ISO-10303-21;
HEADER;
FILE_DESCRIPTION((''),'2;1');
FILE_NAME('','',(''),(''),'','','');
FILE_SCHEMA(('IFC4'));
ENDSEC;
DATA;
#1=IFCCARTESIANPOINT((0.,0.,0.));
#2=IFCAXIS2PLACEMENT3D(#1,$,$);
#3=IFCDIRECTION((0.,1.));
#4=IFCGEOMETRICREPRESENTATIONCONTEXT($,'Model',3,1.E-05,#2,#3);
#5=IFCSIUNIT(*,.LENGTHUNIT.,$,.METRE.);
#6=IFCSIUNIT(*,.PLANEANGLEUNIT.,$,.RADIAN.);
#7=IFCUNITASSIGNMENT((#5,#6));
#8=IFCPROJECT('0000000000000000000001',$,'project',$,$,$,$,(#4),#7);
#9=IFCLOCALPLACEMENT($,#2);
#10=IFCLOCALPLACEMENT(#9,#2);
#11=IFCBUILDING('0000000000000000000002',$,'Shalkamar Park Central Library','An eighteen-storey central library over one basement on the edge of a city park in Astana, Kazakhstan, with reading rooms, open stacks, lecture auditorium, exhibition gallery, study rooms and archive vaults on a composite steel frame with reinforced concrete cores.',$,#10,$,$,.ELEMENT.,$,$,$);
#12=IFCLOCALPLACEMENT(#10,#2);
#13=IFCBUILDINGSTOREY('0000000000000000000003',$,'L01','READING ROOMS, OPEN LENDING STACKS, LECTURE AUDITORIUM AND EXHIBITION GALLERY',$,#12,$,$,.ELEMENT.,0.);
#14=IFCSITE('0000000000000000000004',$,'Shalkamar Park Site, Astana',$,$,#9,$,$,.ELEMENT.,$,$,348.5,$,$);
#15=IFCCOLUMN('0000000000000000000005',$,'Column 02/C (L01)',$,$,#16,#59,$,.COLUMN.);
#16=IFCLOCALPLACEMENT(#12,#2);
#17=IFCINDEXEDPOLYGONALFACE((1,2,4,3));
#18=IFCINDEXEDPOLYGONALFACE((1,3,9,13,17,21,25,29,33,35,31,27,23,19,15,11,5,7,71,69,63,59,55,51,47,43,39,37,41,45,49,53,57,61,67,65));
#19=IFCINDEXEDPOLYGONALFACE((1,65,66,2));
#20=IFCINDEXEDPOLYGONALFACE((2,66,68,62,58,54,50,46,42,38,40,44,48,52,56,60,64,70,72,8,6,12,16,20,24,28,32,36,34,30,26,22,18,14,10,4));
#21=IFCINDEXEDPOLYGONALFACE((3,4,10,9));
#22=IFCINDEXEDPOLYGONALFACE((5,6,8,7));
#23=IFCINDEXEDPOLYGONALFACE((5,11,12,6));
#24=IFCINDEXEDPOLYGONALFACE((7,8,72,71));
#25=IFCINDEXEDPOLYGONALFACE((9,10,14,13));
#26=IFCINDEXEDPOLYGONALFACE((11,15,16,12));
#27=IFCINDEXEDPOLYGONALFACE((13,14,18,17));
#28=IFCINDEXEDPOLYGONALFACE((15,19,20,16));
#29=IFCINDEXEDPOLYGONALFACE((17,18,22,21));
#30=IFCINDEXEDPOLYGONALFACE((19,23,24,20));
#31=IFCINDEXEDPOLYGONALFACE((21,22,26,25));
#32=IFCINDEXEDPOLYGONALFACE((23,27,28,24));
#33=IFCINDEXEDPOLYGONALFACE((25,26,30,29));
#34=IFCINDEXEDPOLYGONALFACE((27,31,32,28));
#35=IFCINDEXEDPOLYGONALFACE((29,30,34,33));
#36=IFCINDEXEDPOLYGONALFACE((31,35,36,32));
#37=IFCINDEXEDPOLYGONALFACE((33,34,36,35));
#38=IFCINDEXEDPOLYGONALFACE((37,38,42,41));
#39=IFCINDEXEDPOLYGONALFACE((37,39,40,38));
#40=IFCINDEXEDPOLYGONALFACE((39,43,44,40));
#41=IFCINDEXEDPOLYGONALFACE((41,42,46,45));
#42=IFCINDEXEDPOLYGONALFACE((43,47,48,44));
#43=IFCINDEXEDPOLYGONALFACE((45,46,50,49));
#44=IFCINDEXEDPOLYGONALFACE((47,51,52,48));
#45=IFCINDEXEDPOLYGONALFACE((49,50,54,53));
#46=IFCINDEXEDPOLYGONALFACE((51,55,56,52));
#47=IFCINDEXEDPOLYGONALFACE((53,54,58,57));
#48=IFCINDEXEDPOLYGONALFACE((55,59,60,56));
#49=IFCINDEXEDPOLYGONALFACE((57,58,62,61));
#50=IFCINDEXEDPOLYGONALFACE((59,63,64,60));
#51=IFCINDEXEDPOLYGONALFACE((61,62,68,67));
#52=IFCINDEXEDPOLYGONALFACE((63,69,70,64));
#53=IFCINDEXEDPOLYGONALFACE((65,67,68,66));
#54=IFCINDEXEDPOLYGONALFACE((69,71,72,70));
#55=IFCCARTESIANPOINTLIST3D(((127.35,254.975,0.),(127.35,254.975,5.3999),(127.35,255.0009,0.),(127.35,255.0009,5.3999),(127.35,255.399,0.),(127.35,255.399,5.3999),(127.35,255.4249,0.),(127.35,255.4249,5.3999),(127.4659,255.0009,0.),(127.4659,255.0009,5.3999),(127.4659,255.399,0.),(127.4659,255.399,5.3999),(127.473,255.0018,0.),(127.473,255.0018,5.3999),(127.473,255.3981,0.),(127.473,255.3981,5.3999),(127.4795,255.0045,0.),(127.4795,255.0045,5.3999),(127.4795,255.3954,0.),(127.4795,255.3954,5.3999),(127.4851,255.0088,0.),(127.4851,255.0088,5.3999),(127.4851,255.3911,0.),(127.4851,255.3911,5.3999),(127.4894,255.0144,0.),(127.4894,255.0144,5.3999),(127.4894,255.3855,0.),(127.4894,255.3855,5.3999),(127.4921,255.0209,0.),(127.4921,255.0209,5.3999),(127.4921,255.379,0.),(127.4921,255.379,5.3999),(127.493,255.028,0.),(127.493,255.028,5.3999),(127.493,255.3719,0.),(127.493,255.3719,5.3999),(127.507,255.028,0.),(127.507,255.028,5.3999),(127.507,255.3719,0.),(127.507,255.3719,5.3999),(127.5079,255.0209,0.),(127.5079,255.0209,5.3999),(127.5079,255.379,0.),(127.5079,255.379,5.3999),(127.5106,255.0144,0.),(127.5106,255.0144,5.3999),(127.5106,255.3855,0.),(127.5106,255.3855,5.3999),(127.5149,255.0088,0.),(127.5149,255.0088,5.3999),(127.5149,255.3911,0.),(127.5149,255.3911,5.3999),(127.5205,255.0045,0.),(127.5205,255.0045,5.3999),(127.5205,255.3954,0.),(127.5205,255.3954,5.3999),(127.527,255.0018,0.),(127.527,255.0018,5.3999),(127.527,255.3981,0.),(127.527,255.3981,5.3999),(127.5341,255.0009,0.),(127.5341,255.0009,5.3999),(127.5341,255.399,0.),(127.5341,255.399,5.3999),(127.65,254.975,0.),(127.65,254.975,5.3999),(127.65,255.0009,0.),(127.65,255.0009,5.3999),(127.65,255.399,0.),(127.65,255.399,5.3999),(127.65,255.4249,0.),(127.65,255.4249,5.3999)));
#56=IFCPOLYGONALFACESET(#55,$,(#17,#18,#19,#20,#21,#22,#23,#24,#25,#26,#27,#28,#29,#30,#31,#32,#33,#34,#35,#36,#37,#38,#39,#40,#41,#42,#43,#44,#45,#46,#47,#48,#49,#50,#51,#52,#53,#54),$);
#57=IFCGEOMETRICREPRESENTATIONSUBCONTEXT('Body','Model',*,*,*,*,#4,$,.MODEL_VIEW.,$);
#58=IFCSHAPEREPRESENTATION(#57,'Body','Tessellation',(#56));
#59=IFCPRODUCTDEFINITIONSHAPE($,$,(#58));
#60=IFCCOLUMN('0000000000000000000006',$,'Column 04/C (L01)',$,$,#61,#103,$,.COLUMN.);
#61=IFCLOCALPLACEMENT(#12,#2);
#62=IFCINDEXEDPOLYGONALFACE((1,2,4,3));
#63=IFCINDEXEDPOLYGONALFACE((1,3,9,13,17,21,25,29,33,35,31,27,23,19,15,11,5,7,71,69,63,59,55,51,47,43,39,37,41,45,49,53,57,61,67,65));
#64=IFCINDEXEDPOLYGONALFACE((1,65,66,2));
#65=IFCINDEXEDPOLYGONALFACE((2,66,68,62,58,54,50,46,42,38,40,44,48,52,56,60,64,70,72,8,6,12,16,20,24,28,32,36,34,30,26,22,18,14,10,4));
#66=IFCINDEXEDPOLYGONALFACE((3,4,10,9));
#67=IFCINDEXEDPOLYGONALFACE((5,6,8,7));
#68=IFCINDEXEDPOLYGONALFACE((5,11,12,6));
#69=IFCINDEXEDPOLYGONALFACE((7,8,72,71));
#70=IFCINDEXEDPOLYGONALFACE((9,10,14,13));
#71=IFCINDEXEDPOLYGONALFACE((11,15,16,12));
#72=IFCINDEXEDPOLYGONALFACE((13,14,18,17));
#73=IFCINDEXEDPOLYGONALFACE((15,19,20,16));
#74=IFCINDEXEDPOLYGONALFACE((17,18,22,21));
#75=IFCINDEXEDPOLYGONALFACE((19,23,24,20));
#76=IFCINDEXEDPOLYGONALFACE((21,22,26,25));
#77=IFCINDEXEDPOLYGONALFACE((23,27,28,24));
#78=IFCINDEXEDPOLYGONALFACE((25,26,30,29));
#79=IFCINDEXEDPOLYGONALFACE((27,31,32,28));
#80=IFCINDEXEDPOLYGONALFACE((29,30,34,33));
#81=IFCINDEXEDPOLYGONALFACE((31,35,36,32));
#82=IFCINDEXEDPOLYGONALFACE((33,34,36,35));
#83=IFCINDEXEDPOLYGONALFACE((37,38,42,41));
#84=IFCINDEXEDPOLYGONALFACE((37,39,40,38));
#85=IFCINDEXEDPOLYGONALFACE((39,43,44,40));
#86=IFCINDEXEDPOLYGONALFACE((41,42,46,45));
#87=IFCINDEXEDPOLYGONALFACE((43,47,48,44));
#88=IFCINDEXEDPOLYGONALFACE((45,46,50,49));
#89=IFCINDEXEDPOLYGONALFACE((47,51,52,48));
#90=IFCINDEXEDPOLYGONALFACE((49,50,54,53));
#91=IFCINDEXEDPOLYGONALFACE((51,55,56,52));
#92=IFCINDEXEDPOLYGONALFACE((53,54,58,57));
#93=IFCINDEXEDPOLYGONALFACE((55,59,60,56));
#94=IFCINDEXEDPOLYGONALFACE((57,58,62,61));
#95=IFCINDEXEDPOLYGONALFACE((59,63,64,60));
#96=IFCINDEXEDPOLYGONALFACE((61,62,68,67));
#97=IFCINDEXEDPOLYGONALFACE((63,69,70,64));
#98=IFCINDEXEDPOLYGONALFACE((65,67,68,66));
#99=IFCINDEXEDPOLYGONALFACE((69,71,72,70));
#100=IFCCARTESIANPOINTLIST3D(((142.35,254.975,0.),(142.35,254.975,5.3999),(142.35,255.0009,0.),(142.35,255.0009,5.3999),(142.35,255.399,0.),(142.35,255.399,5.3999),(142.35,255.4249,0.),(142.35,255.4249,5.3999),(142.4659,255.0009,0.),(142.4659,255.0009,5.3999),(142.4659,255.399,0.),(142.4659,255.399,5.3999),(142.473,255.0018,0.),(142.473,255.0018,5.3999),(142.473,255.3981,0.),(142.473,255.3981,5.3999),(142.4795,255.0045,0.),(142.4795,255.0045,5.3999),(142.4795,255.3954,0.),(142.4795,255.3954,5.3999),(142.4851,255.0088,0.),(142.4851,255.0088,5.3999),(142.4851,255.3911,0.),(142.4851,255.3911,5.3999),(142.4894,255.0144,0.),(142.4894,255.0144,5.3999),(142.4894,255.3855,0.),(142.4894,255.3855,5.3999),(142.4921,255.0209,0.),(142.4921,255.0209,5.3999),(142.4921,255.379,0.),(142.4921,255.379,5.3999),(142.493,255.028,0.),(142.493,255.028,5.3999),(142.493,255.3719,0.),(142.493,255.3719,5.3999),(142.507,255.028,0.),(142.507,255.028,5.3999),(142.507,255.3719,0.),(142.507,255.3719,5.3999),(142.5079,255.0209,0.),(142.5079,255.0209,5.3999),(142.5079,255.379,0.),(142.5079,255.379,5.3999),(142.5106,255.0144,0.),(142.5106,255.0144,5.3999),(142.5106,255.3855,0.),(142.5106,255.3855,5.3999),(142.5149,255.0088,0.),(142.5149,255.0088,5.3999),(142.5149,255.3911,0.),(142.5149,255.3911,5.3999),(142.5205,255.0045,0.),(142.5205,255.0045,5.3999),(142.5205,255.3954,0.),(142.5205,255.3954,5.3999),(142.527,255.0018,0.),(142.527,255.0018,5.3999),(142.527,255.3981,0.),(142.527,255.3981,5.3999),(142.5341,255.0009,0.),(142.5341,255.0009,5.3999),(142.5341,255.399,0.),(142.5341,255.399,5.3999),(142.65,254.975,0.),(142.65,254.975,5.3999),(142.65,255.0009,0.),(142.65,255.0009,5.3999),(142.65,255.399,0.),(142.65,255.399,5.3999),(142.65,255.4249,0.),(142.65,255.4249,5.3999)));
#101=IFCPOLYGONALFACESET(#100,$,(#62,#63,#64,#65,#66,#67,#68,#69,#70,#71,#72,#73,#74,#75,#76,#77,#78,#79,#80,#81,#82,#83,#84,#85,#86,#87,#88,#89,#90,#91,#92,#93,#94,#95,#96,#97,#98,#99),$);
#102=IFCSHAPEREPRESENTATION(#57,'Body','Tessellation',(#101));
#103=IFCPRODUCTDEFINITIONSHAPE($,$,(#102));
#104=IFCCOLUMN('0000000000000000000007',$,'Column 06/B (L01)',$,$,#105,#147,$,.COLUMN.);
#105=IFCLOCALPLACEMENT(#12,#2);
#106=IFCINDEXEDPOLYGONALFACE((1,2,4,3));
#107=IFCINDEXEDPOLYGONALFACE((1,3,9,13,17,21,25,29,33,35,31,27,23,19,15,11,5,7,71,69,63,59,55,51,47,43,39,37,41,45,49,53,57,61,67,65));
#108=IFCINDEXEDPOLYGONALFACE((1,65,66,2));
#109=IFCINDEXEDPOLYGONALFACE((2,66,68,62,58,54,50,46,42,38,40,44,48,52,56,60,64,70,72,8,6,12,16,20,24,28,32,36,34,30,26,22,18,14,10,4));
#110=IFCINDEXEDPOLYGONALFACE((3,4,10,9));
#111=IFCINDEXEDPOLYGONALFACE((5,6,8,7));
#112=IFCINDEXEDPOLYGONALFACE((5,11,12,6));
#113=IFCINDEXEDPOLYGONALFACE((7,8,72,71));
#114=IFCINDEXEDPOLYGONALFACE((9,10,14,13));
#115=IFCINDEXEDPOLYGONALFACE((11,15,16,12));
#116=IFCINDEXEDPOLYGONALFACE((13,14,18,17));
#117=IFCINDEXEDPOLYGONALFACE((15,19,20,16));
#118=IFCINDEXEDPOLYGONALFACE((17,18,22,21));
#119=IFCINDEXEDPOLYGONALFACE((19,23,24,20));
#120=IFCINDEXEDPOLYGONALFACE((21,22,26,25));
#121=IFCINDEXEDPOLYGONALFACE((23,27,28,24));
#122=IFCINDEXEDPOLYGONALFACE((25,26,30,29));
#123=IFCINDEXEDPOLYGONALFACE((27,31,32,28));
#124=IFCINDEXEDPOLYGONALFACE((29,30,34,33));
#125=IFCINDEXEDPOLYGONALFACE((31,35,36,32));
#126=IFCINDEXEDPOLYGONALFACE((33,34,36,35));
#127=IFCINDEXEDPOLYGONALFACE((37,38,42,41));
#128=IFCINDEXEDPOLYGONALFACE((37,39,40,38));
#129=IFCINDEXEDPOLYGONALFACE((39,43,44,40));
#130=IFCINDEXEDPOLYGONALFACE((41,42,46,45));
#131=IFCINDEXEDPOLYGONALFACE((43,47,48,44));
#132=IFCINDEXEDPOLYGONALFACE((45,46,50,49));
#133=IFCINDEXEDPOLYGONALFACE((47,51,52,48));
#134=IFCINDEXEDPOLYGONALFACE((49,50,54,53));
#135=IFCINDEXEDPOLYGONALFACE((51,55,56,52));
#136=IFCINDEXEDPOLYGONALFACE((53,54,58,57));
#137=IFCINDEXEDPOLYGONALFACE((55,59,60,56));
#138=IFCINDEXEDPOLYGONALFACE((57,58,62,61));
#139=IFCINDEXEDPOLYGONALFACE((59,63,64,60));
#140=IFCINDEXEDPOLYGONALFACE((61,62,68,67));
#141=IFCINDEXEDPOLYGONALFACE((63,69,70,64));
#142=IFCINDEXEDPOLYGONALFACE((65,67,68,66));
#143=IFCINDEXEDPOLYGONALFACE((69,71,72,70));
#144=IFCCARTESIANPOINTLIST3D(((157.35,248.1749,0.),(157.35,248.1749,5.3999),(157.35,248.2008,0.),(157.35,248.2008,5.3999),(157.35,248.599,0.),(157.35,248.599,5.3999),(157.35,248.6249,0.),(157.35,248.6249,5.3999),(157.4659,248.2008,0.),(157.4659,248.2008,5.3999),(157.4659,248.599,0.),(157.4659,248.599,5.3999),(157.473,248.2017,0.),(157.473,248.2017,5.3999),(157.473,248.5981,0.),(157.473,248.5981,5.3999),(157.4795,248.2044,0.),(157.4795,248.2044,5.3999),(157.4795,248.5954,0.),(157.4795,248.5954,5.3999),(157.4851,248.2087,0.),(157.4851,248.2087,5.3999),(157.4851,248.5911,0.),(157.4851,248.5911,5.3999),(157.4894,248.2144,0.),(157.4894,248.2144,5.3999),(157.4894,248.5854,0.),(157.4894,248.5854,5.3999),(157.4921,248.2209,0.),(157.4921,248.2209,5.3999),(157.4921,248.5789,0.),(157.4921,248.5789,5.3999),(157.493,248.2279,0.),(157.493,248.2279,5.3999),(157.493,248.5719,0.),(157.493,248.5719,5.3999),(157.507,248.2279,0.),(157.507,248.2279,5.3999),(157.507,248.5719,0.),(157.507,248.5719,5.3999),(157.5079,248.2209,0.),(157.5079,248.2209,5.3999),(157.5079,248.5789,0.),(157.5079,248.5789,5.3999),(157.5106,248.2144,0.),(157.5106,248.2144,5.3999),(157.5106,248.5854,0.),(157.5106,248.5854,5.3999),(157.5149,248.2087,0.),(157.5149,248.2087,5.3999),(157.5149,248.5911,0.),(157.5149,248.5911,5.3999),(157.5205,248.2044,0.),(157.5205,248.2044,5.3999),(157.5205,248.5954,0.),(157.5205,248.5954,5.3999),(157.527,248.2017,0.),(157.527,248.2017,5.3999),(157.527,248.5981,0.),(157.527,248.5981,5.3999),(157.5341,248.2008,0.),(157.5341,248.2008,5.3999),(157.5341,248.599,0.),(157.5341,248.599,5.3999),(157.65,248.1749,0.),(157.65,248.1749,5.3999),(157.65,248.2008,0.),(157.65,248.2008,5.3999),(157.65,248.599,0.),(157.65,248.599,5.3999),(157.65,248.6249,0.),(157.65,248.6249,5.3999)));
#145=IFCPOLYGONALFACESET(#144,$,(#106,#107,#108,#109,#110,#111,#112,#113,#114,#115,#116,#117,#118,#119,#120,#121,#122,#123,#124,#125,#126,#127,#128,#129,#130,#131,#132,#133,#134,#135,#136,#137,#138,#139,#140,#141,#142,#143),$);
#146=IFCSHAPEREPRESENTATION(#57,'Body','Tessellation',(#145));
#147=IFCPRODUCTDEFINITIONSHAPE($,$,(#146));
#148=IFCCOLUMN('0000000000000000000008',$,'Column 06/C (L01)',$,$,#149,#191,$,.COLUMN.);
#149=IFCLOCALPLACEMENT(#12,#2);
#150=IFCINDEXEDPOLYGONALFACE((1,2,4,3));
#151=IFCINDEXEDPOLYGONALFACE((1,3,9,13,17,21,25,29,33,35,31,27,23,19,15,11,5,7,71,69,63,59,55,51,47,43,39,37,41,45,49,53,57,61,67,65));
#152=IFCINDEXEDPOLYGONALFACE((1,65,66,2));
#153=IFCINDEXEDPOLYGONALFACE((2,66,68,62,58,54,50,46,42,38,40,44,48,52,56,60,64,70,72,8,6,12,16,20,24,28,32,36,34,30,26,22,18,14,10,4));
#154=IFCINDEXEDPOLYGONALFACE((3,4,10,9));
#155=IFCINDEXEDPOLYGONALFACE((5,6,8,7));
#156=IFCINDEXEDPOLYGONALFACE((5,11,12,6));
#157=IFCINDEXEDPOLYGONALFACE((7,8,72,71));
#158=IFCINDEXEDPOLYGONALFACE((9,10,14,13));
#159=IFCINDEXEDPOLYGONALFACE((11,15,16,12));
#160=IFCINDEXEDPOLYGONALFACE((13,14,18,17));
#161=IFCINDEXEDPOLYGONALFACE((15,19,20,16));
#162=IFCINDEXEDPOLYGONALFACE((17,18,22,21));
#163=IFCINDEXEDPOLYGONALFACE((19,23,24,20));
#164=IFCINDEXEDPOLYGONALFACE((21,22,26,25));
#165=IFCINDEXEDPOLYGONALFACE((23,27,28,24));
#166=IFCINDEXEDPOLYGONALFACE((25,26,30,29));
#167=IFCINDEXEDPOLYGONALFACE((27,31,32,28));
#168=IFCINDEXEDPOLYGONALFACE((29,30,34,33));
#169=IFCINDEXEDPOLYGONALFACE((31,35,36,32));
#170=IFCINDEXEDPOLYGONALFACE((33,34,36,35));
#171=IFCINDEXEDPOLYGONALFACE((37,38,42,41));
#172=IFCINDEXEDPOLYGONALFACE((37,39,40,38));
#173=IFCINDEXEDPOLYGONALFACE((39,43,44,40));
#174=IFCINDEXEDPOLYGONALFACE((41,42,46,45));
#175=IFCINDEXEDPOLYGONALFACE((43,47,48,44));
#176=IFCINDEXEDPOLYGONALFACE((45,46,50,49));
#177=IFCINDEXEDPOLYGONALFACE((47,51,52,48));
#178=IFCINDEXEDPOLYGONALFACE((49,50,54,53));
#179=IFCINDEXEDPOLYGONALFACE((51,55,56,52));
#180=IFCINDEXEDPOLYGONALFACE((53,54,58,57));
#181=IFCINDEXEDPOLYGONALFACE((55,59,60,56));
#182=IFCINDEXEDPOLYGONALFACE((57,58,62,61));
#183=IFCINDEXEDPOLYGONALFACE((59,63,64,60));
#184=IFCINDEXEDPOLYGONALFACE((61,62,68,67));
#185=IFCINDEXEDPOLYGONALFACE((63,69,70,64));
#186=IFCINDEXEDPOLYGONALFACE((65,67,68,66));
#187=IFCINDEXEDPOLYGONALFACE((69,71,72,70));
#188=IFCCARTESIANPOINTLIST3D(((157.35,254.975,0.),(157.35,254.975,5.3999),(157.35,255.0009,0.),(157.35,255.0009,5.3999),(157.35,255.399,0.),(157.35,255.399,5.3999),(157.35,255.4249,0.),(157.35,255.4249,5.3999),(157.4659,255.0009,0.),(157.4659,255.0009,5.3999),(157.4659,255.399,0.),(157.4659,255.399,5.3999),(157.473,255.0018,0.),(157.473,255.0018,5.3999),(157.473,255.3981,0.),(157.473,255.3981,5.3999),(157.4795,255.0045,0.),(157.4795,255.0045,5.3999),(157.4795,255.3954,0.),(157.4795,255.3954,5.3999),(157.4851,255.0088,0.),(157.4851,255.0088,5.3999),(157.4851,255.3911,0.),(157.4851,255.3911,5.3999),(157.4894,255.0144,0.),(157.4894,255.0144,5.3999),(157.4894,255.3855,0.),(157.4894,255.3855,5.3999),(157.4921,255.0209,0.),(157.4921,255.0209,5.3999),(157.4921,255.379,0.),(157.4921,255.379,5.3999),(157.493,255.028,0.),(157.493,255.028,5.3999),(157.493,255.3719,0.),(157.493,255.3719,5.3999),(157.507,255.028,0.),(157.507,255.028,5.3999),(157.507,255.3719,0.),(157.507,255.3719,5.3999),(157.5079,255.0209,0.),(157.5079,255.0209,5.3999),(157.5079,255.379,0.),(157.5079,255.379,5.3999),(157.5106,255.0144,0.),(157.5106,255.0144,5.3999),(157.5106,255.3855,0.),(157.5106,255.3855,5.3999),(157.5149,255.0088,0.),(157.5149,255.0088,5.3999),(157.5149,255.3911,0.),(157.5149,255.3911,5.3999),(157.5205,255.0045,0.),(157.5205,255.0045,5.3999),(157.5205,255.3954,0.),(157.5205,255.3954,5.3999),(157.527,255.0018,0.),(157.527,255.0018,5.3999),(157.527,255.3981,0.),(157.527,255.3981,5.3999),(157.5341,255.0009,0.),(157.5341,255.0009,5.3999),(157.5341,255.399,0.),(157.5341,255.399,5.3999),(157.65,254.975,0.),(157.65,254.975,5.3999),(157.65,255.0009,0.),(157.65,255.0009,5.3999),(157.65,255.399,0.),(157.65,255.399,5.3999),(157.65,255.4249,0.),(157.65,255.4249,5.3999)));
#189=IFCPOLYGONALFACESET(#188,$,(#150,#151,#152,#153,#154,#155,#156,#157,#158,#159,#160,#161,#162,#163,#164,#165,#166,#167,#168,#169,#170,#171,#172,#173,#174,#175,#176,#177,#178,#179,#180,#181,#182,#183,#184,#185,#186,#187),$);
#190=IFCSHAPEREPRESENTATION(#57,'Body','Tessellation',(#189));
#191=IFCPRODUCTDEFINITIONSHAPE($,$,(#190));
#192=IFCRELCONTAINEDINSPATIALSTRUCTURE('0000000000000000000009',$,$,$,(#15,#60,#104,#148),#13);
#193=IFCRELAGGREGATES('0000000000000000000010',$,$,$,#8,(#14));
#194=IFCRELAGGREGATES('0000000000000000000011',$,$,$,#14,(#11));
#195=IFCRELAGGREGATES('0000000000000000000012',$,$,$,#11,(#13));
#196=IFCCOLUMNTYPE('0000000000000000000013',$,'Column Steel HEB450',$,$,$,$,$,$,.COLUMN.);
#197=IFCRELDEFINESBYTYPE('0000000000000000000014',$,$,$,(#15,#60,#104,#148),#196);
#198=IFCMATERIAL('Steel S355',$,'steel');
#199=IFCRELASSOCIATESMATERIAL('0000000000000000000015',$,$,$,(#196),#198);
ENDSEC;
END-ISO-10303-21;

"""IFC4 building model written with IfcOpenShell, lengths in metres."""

from ifc_helpers import new_model, si_unit, direction, frame, origin, origin_2d, place, context, subcontext, project, spatial, i_section, extrude, material, material_profile, profile_set, type_object, element, save


model = new_model("IFC4")

# Units and contexts
model_context = context("Model", 3, precision=1e-05, world=origin(), true_north=direction((0.0, 1.0)))
body_context = subcontext(model_context, "Body", "Model", "MODEL_VIEW")
ifc_project = project(units=[si_unit("LENGTHUNIT", "METRE"), si_unit("PLANEANGLEUNIT", "RADIAN")], contexts=[model_context])

# Site, building, storey
site_placement = place(None, origin())
site = spatial("IfcSite", under=ifc_project, at=site_placement, Name="Shalkamar Park Site, Astana", CompositionType="ELEMENT", RefElevation=348.5)
building_placement = place(site_placement, origin())
building = spatial("IfcBuilding", under=site, at=building_placement, Name="Shalkamar Park Central Library", Description="An eighteen-storey central library over one basement on the edge of a city park in Astana, Kazakhstan, with reading rooms, open stacks, lecture auditorium, exhibition gallery, study rooms and archive vaults on a composite steel frame with reinforced concrete cores.", CompositionType="ELEMENT")
storey_placement = place(building_placement, origin())
storey = spatial("IfcBuildingStorey", under=building, at=storey_placement, Name="L01", Description="READING ROOMS, OPEN LENDING STACKS, LECTURE AUDITORIUM AND EXHIBITION GALLERY", CompositionType="ELEMENT", Elevation=0.0)

# Columns
ifc_material_1 = material(Name="Steel S355", Category="steel")
ifc_material_profile_1 = material_profile(ifc_material_1, i_section(OverallWidth=0.3, OverallDepth=0.45, WebThickness=0.0139, FlangeThickness=0.0259, FilletRadius=0.0271, at=origin_2d()), Name="HEB 450")
ifc_profile_set_1 = profile_set([ifc_material_profile_1], Name="Steel S355")
column_type_1 = type_object("IfcColumnType", Name="Column Steel HEB450", PredefinedType="COLUMN", material=ifc_profile_set_1)
for number, where, z_axis, x_axis, name in (
    (1, (127.5, 255.2, 0.0), (0.0, 0.0, 1.0), (1.0, 0.0, 0.0), "Column 02/C (L01)"),
    (2, (142.5, 255.2, 0.0), (0.0, 0.0, 1.0), (1.0, 0.0, 0.0), "Column 04/C (L01)"),
    (3, (157.5, 248.3999, 0.0), (0.0, 0.0, 1.0), (1.0, 0.0, 0.0), "Column 06/B (L01)"),
    (4, (157.5, 255.2, 0.0), (0.0, 0.0, 1.0), (1.0, 0.0, 0.0), "Column 06/C (L01)"),
):
    element("IfcColumn", number, at=place(storey_placement, frame(where, z_axis=z_axis, x_axis=x_axis)), inside=storey, type_object=column_type_1, Name=name, PredefinedType="COLUMN", context=body_context, shape_type="SweptSolid", body=[
        extrude(i_section(OverallWidth=0.3, OverallDepth=0.45, WebThickness=0.0139, FlangeThickness=0.0259, FilletRadius=0.0271, at=origin_2d()), origin(), (0.0, 0.0, 1.0), 5.3999),
    ])

save(model, "model.ifc")
